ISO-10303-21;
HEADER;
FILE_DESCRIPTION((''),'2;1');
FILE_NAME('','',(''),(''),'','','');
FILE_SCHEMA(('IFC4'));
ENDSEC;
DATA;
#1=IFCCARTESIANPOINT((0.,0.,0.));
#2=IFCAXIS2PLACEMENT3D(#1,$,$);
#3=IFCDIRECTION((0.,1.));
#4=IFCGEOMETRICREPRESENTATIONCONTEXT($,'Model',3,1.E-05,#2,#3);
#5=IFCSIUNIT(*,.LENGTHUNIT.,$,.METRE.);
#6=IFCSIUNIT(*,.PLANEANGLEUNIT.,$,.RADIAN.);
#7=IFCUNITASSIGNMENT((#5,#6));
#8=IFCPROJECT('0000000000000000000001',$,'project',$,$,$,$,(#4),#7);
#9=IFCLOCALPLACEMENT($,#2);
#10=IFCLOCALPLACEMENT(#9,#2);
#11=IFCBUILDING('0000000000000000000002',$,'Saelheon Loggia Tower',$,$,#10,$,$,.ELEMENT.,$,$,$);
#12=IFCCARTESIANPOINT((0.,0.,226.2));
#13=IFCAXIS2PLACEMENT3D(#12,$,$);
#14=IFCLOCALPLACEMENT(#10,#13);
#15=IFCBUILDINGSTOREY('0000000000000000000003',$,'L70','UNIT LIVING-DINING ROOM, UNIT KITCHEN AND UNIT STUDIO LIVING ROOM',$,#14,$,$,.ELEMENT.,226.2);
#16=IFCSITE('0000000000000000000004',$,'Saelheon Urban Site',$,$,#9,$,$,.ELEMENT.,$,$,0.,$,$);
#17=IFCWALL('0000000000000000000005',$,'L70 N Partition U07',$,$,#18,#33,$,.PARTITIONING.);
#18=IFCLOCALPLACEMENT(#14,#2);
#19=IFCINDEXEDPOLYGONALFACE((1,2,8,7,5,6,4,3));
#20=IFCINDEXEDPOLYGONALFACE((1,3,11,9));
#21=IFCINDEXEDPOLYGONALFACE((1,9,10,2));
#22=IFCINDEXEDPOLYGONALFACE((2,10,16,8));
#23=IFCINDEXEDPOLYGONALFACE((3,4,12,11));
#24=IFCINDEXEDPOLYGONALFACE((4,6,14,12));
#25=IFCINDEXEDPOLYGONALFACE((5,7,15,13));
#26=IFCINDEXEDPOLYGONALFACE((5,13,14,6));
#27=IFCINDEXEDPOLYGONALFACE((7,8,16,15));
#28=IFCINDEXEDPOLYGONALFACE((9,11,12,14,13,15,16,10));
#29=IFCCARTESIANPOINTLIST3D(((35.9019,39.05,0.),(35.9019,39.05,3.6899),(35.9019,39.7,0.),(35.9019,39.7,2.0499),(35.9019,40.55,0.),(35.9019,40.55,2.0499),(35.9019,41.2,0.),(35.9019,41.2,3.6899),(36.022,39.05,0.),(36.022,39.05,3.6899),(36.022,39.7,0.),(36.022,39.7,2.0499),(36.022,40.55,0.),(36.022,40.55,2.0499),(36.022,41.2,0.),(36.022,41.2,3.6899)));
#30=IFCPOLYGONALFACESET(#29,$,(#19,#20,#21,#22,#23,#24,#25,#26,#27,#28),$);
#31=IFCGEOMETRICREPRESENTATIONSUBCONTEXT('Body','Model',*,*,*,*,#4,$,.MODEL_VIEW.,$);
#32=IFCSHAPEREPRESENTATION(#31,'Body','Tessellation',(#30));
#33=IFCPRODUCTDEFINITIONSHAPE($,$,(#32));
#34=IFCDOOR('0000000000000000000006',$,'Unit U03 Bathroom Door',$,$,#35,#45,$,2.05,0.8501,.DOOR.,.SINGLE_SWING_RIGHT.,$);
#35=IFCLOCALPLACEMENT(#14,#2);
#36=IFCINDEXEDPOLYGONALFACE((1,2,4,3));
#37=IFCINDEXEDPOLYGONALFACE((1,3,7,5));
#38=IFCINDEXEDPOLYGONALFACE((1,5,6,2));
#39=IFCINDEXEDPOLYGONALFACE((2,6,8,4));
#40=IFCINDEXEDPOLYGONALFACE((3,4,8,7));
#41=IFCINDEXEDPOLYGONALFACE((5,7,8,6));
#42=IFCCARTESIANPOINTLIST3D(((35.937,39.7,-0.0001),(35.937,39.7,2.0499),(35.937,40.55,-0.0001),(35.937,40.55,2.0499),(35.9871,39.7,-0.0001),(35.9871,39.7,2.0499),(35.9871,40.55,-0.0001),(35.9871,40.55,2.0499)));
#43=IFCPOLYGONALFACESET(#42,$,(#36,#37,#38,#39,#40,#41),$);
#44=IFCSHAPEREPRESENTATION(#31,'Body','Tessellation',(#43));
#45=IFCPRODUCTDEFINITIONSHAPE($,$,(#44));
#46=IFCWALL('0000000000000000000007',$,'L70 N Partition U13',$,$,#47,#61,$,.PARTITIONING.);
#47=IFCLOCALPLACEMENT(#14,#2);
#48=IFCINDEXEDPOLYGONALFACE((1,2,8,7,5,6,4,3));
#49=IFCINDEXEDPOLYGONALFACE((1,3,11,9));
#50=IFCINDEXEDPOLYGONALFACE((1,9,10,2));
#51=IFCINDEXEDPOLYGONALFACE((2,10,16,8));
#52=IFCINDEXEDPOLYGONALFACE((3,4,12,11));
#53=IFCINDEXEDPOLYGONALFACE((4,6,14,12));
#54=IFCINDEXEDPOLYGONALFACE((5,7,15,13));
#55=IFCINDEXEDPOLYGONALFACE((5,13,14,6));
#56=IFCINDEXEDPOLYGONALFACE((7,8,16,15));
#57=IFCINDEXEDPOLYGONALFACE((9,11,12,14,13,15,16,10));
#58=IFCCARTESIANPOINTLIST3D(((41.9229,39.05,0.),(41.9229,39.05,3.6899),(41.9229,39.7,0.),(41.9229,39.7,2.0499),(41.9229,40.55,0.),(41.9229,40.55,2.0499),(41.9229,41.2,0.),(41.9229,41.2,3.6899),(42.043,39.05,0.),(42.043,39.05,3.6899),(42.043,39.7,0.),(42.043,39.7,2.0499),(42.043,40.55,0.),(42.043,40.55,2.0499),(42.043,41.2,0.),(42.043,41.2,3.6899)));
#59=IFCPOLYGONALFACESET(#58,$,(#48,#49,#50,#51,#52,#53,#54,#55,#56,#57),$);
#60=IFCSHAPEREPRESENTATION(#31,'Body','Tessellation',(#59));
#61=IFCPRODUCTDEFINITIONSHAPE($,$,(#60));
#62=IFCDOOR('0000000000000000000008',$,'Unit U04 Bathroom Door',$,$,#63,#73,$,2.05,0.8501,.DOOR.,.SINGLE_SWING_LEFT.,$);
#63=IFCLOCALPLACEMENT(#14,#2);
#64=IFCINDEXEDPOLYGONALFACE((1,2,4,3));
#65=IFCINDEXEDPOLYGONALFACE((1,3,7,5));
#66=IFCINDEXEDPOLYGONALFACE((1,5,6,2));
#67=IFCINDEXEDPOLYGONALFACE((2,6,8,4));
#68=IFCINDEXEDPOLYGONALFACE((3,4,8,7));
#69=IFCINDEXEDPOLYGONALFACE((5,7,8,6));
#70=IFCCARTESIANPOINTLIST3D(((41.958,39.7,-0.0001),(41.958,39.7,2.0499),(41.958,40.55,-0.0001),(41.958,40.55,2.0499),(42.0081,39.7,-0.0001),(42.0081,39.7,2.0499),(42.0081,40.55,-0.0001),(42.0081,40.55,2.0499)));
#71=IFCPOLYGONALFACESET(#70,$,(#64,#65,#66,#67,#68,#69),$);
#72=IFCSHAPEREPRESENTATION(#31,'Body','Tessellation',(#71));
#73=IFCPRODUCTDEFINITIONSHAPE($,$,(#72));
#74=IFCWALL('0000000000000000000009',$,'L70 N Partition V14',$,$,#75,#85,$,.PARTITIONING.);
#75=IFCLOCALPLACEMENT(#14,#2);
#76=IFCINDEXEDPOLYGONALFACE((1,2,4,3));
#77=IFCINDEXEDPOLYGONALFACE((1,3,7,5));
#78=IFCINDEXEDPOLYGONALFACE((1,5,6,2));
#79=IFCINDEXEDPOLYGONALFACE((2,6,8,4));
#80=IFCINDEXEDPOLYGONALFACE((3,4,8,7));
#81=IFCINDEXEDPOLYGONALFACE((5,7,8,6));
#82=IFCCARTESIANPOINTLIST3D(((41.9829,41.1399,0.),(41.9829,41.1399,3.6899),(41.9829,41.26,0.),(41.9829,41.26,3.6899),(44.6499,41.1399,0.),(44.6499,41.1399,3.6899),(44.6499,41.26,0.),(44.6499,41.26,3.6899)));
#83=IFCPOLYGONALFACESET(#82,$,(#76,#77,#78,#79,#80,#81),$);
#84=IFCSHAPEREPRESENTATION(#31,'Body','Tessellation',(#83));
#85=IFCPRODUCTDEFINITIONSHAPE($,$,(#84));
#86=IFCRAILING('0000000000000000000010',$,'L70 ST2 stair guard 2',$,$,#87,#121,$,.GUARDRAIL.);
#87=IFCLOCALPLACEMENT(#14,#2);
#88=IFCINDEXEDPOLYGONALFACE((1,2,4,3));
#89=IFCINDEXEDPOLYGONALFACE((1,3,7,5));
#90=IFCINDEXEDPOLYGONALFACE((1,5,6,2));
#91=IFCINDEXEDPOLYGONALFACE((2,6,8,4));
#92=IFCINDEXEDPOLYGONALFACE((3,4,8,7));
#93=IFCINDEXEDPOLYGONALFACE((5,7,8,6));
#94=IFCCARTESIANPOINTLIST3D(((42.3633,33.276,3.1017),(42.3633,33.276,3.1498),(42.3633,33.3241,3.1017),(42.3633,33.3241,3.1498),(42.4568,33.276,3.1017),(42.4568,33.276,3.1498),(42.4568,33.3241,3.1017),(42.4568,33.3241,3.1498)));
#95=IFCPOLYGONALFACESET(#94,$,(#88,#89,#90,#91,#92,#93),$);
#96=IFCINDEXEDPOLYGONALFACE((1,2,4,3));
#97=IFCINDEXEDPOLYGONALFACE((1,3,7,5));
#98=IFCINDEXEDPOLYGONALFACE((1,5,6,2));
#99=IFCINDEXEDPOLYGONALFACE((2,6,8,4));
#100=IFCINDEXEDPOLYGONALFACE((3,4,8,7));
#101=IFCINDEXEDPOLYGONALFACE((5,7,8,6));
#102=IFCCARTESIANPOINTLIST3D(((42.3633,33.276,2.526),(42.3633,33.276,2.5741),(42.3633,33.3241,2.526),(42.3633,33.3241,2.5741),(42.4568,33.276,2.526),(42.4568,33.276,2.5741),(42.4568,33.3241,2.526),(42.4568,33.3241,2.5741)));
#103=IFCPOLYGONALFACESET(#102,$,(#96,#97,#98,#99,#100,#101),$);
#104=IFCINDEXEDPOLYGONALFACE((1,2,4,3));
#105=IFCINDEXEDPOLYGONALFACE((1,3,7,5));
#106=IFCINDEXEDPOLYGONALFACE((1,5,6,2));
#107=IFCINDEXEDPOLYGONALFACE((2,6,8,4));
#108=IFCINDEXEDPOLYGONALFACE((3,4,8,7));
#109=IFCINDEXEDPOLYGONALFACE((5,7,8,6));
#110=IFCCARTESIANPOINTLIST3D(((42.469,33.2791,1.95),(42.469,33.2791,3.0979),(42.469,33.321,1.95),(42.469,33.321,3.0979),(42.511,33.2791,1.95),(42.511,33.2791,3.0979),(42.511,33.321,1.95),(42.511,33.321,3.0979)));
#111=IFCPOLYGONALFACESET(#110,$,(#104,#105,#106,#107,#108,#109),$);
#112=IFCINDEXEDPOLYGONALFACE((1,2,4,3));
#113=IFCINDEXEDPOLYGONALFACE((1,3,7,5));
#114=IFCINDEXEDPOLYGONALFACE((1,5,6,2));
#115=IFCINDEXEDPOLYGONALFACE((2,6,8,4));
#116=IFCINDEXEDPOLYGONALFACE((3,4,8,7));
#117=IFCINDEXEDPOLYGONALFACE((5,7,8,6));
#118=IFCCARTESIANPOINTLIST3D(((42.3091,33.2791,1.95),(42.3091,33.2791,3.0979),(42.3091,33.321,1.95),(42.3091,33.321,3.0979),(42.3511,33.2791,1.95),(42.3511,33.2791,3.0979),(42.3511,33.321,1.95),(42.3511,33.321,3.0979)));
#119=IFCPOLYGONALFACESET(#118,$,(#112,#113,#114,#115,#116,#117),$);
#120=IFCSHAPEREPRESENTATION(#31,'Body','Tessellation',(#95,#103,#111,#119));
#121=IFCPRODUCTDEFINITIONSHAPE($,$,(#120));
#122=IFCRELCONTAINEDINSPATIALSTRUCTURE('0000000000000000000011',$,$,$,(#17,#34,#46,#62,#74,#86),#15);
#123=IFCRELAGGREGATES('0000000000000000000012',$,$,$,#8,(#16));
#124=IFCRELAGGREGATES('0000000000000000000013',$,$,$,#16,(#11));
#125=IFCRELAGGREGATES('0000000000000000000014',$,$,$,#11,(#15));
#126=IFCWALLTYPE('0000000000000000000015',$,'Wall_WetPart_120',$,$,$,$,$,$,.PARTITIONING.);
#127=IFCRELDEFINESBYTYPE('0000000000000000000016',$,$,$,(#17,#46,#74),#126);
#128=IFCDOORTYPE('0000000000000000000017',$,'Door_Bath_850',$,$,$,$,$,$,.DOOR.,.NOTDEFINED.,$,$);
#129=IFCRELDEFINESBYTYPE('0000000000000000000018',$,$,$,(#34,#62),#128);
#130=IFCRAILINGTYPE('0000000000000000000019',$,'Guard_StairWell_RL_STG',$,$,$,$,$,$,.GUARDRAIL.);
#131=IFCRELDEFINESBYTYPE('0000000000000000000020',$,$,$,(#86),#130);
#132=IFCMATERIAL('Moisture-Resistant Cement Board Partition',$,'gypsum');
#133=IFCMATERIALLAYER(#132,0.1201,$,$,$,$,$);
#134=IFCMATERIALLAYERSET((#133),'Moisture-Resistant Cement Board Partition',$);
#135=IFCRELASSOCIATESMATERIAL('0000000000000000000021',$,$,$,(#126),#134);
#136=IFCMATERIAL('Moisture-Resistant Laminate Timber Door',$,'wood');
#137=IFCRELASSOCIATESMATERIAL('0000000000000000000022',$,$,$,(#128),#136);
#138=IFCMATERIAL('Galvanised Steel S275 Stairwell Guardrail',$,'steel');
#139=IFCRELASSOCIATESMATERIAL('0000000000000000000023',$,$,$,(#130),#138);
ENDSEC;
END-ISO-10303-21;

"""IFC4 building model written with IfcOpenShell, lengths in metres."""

from ifc_helpers import new_model, si_unit, direction, frame, frame_2d, origin, origin_2d, place, context, subcontext, project, spatial, rectangle, extrude, source, transform, mapped, material, layer, layer_set, type_object, element, fill, save


model = new_model("IFC4")

# Units and contexts
model_context = context("Model", 3, precision=1e-05, world=origin(), true_north=direction((0.0, 1.0)))
body_context = subcontext(model_context, "Body", "Model", "MODEL_VIEW")
ifc_project = project(units=[si_unit("LENGTHUNIT", "METRE"), si_unit("PLANEANGLEUNIT", "RADIAN")], contexts=[model_context])

# Site, building, storey
site_placement = place(None, origin())
site = spatial("IfcSite", under=ifc_project, at=site_placement, Name="Saelheon Urban Site", CompositionType="ELEMENT", RefElevation=0.0)
building_placement = place(site_placement, origin())
building = spatial("IfcBuilding", under=site, at=building_placement, Name="Saelheon Loggia Tower", CompositionType="ELEMENT")
storey_placement = place(building_placement, frame((0.0, 0.0, 226.2)))
storey = spatial("IfcBuildingStorey", under=building, at=storey_placement, Name="L70", Description="UNIT LIVING-DINING ROOM, UNIT KITCHEN AND UNIT STUDIO LIVING ROOM", CompositionType="ELEMENT", Elevation=226.2)

# Walls, openings, doors
ifc_material_1 = material(Name="Moisture-Resistant Cement Board Partition", Category="gypsum")
ifc_layer_1 = layer(ifc_material_1, 0.1201)
ifc_layer_set_1 = layer_set([ifc_layer_1], Name="Moisture-Resistant Cement Board Partition")
wall_type_1 = type_object("IfcWallType", Name="Wall_WetPart_120", PredefinedType="PARTITIONING", material=ifc_layer_set_1)
wall_1_placement = place(storey_placement, frame((35.9619, 39.05, 0.0), z_axis=(0.0, 0.0, 1.0), x_axis=(0.0, 1.0, 0.0)))
wall_1 = element("IfcWall", 1, at=wall_1_placement, inside=storey, type_object=wall_type_1, Name="L70 N Partition U07", PredefinedType="PARTITIONING", context=body_context, shape_type="SweptSolid", body=[
    extrude(rectangle(XDim=2.1499, YDim=0.1201, at=frame_2d((1.075, 0.0))), origin(), (0.0, 0.0, 1.0), 3.6899),
])
opening_1_placement = place(wall_1_placement, frame((0.6499, 0.0, 0.0)))
opening_1 = element("IfcOpeningElement", 2, at=opening_1_placement, cuts=wall_1, PredefinedType="OPENING", context=body_context, shape_type="SweptSolid", body=[
    extrude(rectangle(XDim=0.8501, YDim=2.05, at=frame_2d((0.425, 1.0249))), frame((0.0, 0.072, 0.0), z_axis=(0.0, -1.0, 0.0), x_axis=(1.0, 0.0, 0.0)), (0.0, 0.0, 1.0), 0.144),
])
ifc_material_2 = material(Name="Moisture-Resistant Laminate Timber Door", Category="wood")
door_type_1 = type_object("IfcDoorType", Name="Door_Bath_850", OperationType="NOTDEFINED", PredefinedType="DOOR", material=ifc_material_2)
shared_shape_1 = source(origin(), body_context, "Body", "SweptSolid", [
    extrude(rectangle(XDim=0.8501, YDim=2.05, at=frame_2d((0.425, 1.0249))), frame((0.0, 0.0249, 0.0), z_axis=(0.0, -1.0, 0.0), x_axis=(1.0, 0.0, 0.0)), (0.0, 0.0, 1.0), 0.05),
])
door_1_placement = place(opening_1_placement, origin())
door_1 = element("IfcDoor", 3, at=door_1_placement, inside=storey, type_object=door_type_1, Name="Unit U03 Bathroom Door", OperationType="SINGLE_SWING_RIGHT", OverallHeight=2.05, OverallWidth=0.8501, PredefinedType="DOOR", context=body_context, shape_type="MappedRepresentation", body=[
    mapped(shared_shape_1, transform((0.0, 0.0, 0.0), scale=1.0)),
])
fill(opening_1, door_1)
wall_2_placement = place(storey_placement, frame((41.9829, 39.05, 0.0), z_axis=(0.0, 0.0, 1.0), x_axis=(0.0, 1.0, 0.0)))
wall_2 = element("IfcWall", 4, at=wall_2_placement, inside=storey, type_object=wall_type_1, Name="L70 N Partition U13", PredefinedType="PARTITIONING", context=body_context, shape_type="SweptSolid", body=[
    extrude(rectangle(XDim=2.1499, YDim=0.1201, at=frame_2d((1.075, 0.0))), origin(), (0.0, 0.0, 1.0), 3.6899),
])
opening_2_placement = place(wall_2_placement, frame((0.6499, 0.0, 0.0)))
opening_2 = element("IfcOpeningElement", 5, at=opening_2_placement, cuts=wall_2, PredefinedType="OPENING", context=body_context, shape_type="SweptSolid", body=[
    extrude(rectangle(XDim=0.8501, YDim=2.05, at=frame_2d((0.425, 1.0249))), frame((0.0, 0.072, 0.0), z_axis=(0.0, -1.0, 0.0), x_axis=(1.0, 0.0, 0.0)), (0.0, 0.0, 1.0), 0.144),
])
door_2_placement = place(opening_2_placement, origin())
door_2 = element("IfcDoor", 6, at=door_2_placement, inside=storey, type_object=door_type_1, Name="Unit U04 Bathroom Door", OperationType="SINGLE_SWING_LEFT", OverallHeight=2.05, OverallWidth=0.8501, PredefinedType="DOOR", context=body_context, shape_type="MappedRepresentation", body=[
    mapped(shared_shape_1, transform((0.0, 0.0, 0.0), scale=1.0)),
])
fill(opening_2, door_2)

# Wall
wall_3_placement = place(storey_placement, frame((41.9829, 41.2, 0.0), z_axis=(0.0, 0.0, 1.0), x_axis=(1.0, 0.0, 0.0)))
element("IfcWall", 7, at=wall_3_placement, inside=storey, type_object=wall_type_1, Name="L70 N Partition V14", PredefinedType="PARTITIONING", context=body_context, shape_type="SweptSolid", body=[
    extrude(rectangle(XDim=2.667, YDim=0.1201, at=frame_2d((1.3335, 0.0))), origin(), (0.0, 0.0, 1.0), 3.6899),
])

# Railing
ifc_material_3 = material(Name="Galvanised Steel S275 Stairwell Guardrail", Category="steel")
railing_type = type_object("IfcRailingType", Name="Guard_StairWell_RL_STG", PredefinedType="GUARDRAIL", material=ifc_material_3)
railing_placement = place(storey_placement, frame((42.49, 33.3, 1.95)))
element("IfcRailing", 8, at=railing_placement, inside=storey, type_object=railing_type, Name="L70 ST2 stair guard 2", PredefinedType="GUARDRAIL", context=body_context, shape_type="SweptSolid", body=[
    extrude(rectangle(XDim=0.0481, YDim=0.0481, at=origin_2d()), frame((-0.0332, 0.0, 1.1758), z_axis=(-1.0, 0.0, 0.0), x_axis=(0.0, -1.0, 0.0)), (0.0, 0.0, 1.0), 0.0935),
    extrude(rectangle(XDim=0.0481, YDim=0.0481, at=origin_2d()), frame((-0.0332, 0.0, 0.6001), z_axis=(-1.0, 0.0, 0.0), x_axis=(0.0, -1.0, 0.0)), (0.0, 0.0, 1.0), 0.0935),
    extrude(rectangle(XDim=0.042, YDim=0.042, at=origin_2d()), origin(), (0.0, 0.0, 1.0), 1.1479),
    extrude(rectangle(XDim=0.042, YDim=0.042, at=origin_2d()), frame((-0.1599, 0.0, 0.0)), (0.0, 0.0, 1.0), 1.1479),
])

save(model, "model.ifc")
